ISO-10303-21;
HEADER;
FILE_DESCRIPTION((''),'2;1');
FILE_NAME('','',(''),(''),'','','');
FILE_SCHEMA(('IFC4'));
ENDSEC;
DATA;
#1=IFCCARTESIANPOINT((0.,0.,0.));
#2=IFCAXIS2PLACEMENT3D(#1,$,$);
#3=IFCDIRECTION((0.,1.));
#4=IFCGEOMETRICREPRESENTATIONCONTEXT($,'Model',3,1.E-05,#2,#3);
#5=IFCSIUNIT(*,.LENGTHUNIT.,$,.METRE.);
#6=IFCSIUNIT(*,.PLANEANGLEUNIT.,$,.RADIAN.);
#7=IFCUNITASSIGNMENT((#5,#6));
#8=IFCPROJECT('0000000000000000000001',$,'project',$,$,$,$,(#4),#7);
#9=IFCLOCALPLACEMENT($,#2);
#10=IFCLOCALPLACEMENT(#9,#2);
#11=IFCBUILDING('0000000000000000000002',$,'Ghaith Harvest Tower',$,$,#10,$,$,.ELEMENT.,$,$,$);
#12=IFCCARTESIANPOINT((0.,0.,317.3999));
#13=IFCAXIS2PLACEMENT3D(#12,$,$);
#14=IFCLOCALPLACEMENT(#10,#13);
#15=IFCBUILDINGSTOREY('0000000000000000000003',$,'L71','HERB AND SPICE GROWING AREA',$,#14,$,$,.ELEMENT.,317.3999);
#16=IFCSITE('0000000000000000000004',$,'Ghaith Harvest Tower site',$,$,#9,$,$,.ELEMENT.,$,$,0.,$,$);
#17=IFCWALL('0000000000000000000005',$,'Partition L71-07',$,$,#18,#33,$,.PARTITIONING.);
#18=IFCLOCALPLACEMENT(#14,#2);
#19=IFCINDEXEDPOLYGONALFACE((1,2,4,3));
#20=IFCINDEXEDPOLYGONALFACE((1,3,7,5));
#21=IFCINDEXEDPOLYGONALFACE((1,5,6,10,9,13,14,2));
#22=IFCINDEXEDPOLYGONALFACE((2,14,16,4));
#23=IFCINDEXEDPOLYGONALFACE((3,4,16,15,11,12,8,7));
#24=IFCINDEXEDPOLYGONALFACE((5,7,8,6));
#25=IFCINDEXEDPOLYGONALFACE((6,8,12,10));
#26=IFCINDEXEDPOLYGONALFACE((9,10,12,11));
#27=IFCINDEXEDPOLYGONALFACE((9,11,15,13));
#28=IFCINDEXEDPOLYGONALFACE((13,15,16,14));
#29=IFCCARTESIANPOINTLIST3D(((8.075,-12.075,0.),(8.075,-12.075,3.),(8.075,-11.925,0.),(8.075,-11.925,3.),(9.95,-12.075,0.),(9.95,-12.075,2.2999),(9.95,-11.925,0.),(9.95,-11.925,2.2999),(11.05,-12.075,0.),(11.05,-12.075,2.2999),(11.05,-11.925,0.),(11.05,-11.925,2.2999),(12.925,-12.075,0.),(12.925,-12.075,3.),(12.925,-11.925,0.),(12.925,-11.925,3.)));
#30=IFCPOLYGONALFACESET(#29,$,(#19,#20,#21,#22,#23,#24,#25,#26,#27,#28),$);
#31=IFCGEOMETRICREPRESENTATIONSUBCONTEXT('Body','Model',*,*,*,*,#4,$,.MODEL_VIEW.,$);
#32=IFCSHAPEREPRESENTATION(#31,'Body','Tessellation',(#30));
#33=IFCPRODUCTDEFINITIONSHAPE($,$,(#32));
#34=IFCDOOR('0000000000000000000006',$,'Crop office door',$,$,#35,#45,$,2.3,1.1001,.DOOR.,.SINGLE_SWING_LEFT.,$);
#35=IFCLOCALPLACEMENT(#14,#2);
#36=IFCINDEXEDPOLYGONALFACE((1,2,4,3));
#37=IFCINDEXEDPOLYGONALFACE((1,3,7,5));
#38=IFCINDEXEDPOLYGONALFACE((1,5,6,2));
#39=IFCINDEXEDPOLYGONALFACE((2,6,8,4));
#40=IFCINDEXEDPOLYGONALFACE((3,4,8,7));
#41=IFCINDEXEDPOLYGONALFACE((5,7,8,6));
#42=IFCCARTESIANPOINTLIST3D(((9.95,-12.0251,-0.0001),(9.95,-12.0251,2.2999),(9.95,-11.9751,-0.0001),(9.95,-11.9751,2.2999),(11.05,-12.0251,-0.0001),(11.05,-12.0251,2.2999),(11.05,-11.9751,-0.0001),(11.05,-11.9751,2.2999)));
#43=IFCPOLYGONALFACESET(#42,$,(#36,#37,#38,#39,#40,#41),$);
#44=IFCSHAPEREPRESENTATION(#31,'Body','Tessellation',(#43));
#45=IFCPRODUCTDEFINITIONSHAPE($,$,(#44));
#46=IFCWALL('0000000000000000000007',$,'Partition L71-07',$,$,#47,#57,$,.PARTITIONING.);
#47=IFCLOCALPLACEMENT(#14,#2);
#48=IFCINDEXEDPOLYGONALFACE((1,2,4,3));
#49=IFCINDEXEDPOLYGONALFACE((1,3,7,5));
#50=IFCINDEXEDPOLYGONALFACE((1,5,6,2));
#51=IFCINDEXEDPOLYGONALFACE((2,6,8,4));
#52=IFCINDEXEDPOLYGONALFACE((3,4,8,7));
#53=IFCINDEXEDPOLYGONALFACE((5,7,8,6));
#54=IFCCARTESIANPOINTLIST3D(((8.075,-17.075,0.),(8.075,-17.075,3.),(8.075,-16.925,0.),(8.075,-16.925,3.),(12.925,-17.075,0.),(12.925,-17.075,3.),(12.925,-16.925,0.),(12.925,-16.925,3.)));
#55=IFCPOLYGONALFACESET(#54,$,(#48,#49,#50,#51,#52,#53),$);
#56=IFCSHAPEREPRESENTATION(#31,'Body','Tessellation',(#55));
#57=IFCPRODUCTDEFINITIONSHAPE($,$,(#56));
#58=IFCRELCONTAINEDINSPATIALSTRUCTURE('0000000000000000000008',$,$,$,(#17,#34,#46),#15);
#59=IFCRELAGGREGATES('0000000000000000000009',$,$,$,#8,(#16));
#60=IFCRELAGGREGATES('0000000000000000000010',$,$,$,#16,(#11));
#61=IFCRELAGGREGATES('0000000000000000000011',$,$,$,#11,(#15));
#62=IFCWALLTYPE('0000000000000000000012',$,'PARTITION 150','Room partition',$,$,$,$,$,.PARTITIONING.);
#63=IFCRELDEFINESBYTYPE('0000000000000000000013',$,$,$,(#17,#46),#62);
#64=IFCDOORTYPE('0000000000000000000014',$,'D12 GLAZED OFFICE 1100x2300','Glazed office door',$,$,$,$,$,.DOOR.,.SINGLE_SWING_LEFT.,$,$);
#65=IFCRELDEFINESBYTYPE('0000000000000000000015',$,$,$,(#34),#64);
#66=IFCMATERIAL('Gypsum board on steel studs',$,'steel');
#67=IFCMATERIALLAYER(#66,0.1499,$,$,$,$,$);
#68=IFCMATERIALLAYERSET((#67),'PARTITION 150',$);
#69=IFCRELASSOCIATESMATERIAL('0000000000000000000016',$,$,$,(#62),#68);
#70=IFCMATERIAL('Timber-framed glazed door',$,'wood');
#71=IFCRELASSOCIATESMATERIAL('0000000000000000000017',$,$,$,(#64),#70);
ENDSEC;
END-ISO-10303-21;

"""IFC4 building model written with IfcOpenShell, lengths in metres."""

from ifc_helpers import new_model, si_unit, direction, frame, frame_2d, origin, place, context, subcontext, project, spatial, rectangle, extrude, material, layer, layer_set, type_object, element, fill, save


model = new_model("IFC4")

# Units and contexts
model_context = context("Model", 3, precision=1e-05, world=origin(), true_north=direction((0.0, 1.0)))
body_context = subcontext(model_context, "Body", "Model", "MODEL_VIEW")
ifc_project = project(units=[si_unit("LENGTHUNIT", "METRE"), si_unit("PLANEANGLEUNIT", "RADIAN")], contexts=[model_context])

# Site, building, storey
site_placement = place(None, origin())
site = spatial("IfcSite", under=ifc_project, at=site_placement, Name="Ghaith Harvest Tower site", CompositionType="ELEMENT", RefElevation=0.0)
building_placement = place(site_placement, origin())
building = spatial("IfcBuilding", under=site, at=building_placement, Name="Ghaith Harvest Tower", CompositionType="ELEMENT")
storey_placement = place(building_placement, frame((0.0, 0.0, 317.3999)))
storey = spatial("IfcBuildingStorey", under=building, at=storey_placement, Name="L71", Description="HERB AND SPICE GROWING AREA", CompositionType="ELEMENT", Elevation=317.3999)

# Shared definitions
ifc_material_1 = material(Name="Gypsum board on steel studs", Category="steel")
ifc_layer_1 = layer(ifc_material_1, 0.1499)
ifc_layer_set_1 = layer_set([ifc_layer_1], Name="PARTITION 150")
wall_type = type_object("IfcWallType", Name="PARTITION 150", Description="Room partition", PredefinedType="PARTITIONING", material=ifc_layer_set_1)

# Wall, opening, door
wall_1_placement = place(storey_placement, frame((8.075, -12.0, 0.0), z_axis=(0.0, 0.0, 1.0), x_axis=(1.0, 0.0, 0.0)))
wall_1 = element("IfcWall", 1, at=wall_1_placement, inside=storey, type_object=wall_type, Name="Partition L71-07", PredefinedType="PARTITIONING", context=body_context, shape_type="SweptSolid", body=[
    extrude(rectangle(XDim=4.8501, YDim=0.1499, at=frame_2d((2.425, 0.0))), origin(), (0.0, 0.0, 1.0), 3.0),
])
opening_1_placement = place(wall_1_placement, frame((1.875, 0.0, 0.0)))
opening_1 = element("IfcOpeningElement", 2, at=opening_1_placement, cuts=wall_1, PredefinedType="OPENING", context=body_context, shape_type="SweptSolid", body=[
    extrude(rectangle(XDim=1.1001, YDim=2.3, at=frame_2d((0.55, 1.1499))), frame((0.0, 0.085, 0.0), z_axis=(0.0, -1.0, 0.0), x_axis=(1.0, 0.0, 0.0)), (0.0, 0.0, 1.0), 0.1699),
])
ifc_material_2 = material(Name="Timber-framed glazed door", Category="wood")
door_type_1 = type_object("IfcDoorType", Name="D12 GLAZED OFFICE 1100x2300", Description="Glazed office door", OperationType="SINGLE_SWING_LEFT", PredefinedType="DOOR", material=ifc_material_2)
door_1_placement = place(opening_1_placement, origin())
door_1 = element("IfcDoor", 3, at=door_1_placement, inside=storey, type_object=door_type_1, Name="Crop office door", OperationType="SINGLE_SWING_LEFT", OverallHeight=2.3, OverallWidth=1.1001, PredefinedType="DOOR", context=body_context, shape_type="SweptSolid", body=[
    extrude(rectangle(XDim=1.1001, YDim=2.3, at=frame_2d((0.55, 1.1499))), frame((0.0, 0.0249, 0.0), z_axis=(0.0, -1.0, 0.0), x_axis=(1.0, 0.0, 0.0)), (0.0, 0.0, 1.0), 0.05),
])
fill(opening_1, door_1)

# Wall
wall_2_placement = place(storey_placement, frame((8.075, -17.0, 0.0), z_axis=(0.0, 0.0, 1.0), x_axis=(1.0, 0.0, 0.0)))
element("IfcWall", 4, at=wall_2_placement, inside=storey, type_object=wall_type, Name="Partition L71-07", PredefinedType="PARTITIONING", context=body_context, shape_type="SweptSolid", body=[
    extrude(rectangle(XDim=4.8501, YDim=0.1499, at=frame_2d((2.425, 0.0))), origin(), (0.0, 0.0, 1.0), 3.0),
])

save(model, "model.ifc")
